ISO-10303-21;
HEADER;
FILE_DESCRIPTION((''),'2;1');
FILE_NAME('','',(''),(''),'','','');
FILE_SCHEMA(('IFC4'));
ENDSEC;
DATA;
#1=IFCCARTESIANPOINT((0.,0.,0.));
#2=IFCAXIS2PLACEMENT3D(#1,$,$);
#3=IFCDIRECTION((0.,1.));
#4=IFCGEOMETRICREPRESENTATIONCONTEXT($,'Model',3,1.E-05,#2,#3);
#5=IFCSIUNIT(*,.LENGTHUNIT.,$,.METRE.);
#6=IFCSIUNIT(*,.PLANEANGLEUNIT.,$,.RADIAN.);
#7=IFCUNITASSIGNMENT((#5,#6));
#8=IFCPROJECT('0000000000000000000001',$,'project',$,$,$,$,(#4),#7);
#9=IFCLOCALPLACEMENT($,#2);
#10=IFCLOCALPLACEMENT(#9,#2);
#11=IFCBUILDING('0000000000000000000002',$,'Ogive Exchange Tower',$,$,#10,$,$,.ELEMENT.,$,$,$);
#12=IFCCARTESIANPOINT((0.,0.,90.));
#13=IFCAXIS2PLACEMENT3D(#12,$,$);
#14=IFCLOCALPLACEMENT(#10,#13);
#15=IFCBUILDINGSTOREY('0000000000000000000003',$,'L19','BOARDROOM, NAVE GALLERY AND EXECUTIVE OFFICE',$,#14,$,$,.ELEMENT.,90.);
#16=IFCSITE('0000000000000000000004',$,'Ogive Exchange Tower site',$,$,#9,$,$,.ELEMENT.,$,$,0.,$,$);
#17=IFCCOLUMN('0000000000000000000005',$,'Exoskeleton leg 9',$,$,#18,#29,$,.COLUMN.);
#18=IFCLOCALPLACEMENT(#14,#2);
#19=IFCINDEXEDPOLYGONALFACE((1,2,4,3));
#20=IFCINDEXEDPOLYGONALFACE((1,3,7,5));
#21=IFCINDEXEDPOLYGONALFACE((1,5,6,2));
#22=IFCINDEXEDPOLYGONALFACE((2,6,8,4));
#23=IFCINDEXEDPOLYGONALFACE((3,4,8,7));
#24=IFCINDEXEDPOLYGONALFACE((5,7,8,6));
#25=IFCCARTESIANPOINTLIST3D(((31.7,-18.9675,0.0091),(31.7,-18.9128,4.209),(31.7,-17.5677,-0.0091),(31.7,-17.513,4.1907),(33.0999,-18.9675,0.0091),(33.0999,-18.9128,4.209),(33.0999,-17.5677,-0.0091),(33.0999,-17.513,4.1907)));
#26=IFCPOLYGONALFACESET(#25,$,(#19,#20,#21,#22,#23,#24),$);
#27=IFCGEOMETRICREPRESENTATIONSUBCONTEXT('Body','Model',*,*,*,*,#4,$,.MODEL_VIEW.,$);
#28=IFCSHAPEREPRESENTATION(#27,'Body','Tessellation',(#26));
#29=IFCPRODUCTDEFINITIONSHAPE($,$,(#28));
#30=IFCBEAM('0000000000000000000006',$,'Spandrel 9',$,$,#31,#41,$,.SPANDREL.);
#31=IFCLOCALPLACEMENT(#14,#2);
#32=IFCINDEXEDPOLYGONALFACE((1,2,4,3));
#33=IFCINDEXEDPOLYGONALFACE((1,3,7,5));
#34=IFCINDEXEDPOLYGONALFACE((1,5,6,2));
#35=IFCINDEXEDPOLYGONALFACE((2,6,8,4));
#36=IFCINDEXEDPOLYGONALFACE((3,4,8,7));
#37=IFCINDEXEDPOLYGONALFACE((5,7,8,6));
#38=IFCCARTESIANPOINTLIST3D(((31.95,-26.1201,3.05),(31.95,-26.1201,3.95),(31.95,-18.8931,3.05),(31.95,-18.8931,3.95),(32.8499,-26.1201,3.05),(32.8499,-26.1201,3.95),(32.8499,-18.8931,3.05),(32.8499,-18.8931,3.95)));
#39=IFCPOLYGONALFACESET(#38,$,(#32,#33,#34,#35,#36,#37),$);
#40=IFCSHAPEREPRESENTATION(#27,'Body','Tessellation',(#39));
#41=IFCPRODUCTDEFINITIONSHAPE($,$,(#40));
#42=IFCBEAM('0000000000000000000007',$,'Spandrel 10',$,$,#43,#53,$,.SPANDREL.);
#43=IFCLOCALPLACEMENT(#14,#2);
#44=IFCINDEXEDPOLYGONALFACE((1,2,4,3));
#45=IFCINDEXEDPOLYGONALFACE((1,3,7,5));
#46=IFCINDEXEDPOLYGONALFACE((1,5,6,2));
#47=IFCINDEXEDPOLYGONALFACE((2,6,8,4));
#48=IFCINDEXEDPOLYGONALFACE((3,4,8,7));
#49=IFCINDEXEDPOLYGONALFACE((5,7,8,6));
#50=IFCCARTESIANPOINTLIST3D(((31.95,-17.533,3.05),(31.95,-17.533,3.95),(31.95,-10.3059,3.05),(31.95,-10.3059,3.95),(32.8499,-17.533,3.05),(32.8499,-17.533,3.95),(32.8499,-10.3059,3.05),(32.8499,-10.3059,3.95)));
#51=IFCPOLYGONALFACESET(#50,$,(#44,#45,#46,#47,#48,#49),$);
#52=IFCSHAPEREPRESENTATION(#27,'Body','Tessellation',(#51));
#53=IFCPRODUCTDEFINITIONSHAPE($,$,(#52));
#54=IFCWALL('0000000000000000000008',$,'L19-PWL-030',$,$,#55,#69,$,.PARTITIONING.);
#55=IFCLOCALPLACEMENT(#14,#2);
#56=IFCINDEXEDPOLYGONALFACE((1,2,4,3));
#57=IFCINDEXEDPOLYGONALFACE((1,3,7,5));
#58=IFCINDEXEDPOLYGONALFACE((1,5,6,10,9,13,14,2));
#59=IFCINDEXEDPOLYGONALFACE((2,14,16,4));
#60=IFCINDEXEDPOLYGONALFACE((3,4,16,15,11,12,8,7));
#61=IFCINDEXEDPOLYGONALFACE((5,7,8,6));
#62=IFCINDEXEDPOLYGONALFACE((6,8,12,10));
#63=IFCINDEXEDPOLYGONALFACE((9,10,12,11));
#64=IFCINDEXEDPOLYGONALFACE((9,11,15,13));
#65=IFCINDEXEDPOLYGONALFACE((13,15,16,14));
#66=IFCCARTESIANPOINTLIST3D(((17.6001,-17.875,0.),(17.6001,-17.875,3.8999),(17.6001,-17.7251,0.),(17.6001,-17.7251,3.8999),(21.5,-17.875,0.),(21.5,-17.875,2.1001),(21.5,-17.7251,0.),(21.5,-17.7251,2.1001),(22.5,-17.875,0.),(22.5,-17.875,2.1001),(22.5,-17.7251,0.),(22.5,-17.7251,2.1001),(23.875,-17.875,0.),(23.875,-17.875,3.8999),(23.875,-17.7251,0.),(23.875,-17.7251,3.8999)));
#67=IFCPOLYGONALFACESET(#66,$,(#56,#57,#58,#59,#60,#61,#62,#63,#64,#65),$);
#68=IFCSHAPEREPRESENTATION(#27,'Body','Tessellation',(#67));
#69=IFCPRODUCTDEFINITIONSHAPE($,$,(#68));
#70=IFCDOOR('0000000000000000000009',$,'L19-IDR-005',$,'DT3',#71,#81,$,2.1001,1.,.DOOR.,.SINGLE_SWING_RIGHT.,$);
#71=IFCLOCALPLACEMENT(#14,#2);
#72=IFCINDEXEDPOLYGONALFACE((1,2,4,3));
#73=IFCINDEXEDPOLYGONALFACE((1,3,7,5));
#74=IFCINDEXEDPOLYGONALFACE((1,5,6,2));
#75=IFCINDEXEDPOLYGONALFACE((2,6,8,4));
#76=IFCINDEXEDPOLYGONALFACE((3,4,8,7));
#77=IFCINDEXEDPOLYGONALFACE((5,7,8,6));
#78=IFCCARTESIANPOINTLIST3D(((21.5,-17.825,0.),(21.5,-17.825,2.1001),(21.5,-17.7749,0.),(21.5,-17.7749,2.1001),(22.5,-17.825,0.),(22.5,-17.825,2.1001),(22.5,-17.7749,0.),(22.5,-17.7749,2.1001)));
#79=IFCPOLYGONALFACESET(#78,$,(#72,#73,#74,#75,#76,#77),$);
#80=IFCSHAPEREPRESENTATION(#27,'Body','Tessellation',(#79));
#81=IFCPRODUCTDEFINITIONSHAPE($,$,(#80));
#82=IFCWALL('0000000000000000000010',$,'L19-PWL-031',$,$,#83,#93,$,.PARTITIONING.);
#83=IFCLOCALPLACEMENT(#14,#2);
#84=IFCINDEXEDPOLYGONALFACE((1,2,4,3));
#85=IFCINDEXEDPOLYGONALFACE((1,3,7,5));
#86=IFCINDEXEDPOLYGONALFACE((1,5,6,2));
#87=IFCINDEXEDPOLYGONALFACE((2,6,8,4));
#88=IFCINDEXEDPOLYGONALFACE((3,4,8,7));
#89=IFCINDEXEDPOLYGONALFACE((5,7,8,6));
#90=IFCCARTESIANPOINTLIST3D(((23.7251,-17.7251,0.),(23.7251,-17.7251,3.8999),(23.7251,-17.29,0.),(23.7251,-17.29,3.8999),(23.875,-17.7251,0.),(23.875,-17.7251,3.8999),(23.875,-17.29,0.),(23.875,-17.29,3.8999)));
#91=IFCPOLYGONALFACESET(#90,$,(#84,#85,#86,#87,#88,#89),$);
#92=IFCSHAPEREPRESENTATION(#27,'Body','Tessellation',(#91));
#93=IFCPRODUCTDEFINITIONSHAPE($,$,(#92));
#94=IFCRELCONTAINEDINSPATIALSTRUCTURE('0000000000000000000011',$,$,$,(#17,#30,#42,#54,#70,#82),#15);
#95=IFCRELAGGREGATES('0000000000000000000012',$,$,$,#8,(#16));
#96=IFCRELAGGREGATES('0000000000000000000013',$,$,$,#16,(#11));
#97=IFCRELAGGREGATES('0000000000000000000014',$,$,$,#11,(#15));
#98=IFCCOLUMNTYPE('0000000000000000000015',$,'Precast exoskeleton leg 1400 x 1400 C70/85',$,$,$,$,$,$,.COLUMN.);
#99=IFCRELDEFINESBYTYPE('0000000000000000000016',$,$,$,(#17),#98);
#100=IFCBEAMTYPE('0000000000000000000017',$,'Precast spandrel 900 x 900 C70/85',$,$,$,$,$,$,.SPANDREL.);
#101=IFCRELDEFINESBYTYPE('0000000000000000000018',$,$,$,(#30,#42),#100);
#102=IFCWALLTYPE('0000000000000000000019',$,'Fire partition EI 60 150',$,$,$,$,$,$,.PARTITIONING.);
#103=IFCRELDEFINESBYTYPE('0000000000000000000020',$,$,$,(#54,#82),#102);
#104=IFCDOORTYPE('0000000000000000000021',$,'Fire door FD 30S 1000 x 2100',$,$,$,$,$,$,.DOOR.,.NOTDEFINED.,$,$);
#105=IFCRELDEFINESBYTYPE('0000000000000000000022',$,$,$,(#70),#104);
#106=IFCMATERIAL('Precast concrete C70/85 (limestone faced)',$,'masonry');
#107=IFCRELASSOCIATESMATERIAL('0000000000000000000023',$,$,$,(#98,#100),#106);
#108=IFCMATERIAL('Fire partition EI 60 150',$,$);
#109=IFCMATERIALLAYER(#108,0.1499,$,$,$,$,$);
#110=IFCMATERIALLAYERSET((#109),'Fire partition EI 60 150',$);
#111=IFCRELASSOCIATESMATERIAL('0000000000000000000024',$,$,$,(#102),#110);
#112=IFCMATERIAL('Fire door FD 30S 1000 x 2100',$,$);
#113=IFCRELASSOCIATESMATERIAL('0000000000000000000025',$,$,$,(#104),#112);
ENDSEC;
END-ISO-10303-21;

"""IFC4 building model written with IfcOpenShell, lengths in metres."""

from ifc_helpers import new_model, si_unit, direction, frame, frame_2d, origin, origin_2d, place, context, subcontext, project, spatial, rectangle, extrude, material, layer, layer_set, material_profile, profile_set, type_object, element, fill, save


model = new_model("IFC4")

# Units and contexts
model_context = context("Model", 3, precision=1e-05, world=origin(), true_north=direction((0.0, 1.0)))
body_context = subcontext(model_context, "Body", "Model", "MODEL_VIEW")
ifc_project = project(units=[si_unit("LENGTHUNIT", "METRE"), si_unit("PLANEANGLEUNIT", "RADIAN")], contexts=[model_context])

# Site, building, storey
site_placement = place(None, origin())
site = spatial("IfcSite", under=ifc_project, at=site_placement, Name="Ogive Exchange Tower site", CompositionType="ELEMENT", RefElevation=0.0)
building_placement = place(site_placement, origin())
building = spatial("IfcBuilding", under=site, at=building_placement, Name="Ogive Exchange Tower", CompositionType="ELEMENT")
storey_placement = place(building_placement, frame((0.0, 0.0, 90.0)))
storey = spatial("IfcBuildingStorey", under=building, at=storey_placement, Name="L19", Description="BOARDROOM, NAVE GALLERY AND EXECUTIVE OFFICE", CompositionType="ELEMENT", Elevation=90.0)

# Column
ifc_material_1 = material(Name="Precast concrete C70/85 (limestone faced)", Category="masonry")
ifc_material_profile_1 = material_profile(ifc_material_1, rectangle(XDim=1.3999, YDim=1.3999, at=origin_2d()), Name="1400 x 1400")
ifc_profile_set_1 = profile_set([ifc_material_profile_1], Name="Precast concrete C70/85 (limestone faced)")
column_type = type_object("IfcColumnType", Name="Precast exoskeleton leg 1400 x 1400 C70/85", PredefinedType="COLUMN", material=ifc_profile_set_1)
column_placement = place(storey_placement, frame((32.3999, -18.2676, 0.0), z_axis=(0.0, 0.01302, 0.999915), x_axis=(-1.0, 0.0, 0.0)))
element("IfcColumn", 1, at=column_placement, inside=storey, type_object=column_type, Name="Exoskeleton leg 9", PredefinedType="COLUMN", context=body_context, shape_type="SweptSolid", body=[
    extrude(rectangle(XDim=1.3999, YDim=1.3999, at=origin_2d()), origin(), (0.0, 0.0, 1.0), 4.2002),
])

# Beams
ifc_material_profile_2 = material_profile(ifc_material_1, rectangle(XDim=0.8999, YDim=0.8999, at=origin_2d()), Name="900 x 900")
ifc_profile_set_2 = profile_set([ifc_material_profile_2], Name="Precast concrete C70/85 (limestone faced)")
beam_type = type_object("IfcBeamType", Name="Precast spandrel 900 x 900 C70/85", PredefinedType="SPANDREL", material=ifc_profile_set_2)
for number, where, z_axis, x_axis, name in (
    (2, (32.3999, -26.1201, 3.5), (0.0, 1.0, 0.0), (-1.0, 0.0, 0.0), "Spandrel 9"),
    (3, (32.3999, -17.533, 3.5), (0.0, 1.0, 0.0), (-1.0, 0.0, 0.0), "Spandrel 10"),
):
    element("IfcBeam", number, at=place(storey_placement, frame(where, z_axis=z_axis, x_axis=x_axis)), inside=storey, type_object=beam_type, Name=name, PredefinedType="SPANDREL", context=body_context, shape_type="SweptSolid", body=[
        extrude(rectangle(XDim=0.8999, YDim=0.8999, at=origin_2d()), origin(), (0.0, 0.0, 1.0), 7.2271),
    ])

# Wall, opening, door
ifc_material_2 = material(Name="Fire partition EI 60 150")
ifc_layer_1 = layer(ifc_material_2, 0.1499)
ifc_layer_set_1 = layer_set([ifc_layer_1], Name="Fire partition EI 60 150")
wall_type_1 = type_object("IfcWallType", Name="Fire partition EI 60 150", PredefinedType="PARTITIONING", material=ifc_layer_set_1)
wall_1_placement = place(storey_placement, frame((23.875, -17.8, 0.0), z_axis=(0.0, 0.0, 1.0), x_axis=(-1.0, 0.0, 0.0)))
wall_1 = element("IfcWall", 4, at=wall_1_placement, inside=storey, type_object=wall_type_1, Name="L19-PWL-030", PredefinedType="PARTITIONING", context=body_context, shape_type="SweptSolid", body=[
    extrude(rectangle(XDim=6.2749, YDim=0.1499, at=frame_2d((3.1375, 0.0))), origin(), (0.0, 0.0, 1.0), 3.8999),
])
opening_1_placement = place(wall_1_placement, frame((1.375, 0.0, 0.0)))
opening_1 = element("IfcOpeningElement", 5, at=opening_1_placement, cuts=wall_1, PredefinedType="OPENING", context=body_context, shape_type="SweptSolid", body=[
    extrude(rectangle(XDim=1.0, YDim=2.1001, at=frame_2d((0.5, 1.05))), frame((0.0, 0.085, 0.0), z_axis=(0.0, -1.0, 0.0), x_axis=(1.0, 0.0, 0.0)), (0.0, 0.0, 1.0), 0.1699),
])
ifc_material_3 = material(Name="Fire door FD 30S 1000 x 2100")
door_type_1 = type_object("IfcDoorType", Name="Fire door FD 30S 1000 x 2100", OperationType="NOTDEFINED", PredefinedType="DOOR", material=ifc_material_3)
door_1_placement = place(opening_1_placement, origin())
door_1 = element("IfcDoor", 6, at=door_1_placement, inside=storey, type_object=door_type_1, Name="L19-IDR-005", ObjectType="DT3", OperationType="SINGLE_SWING_RIGHT", OverallHeight=2.1001, OverallWidth=1.0, PredefinedType="DOOR", context=body_context, shape_type="SweptSolid", body=[
    extrude(rectangle(XDim=1.0, YDim=2.1001, at=frame_2d((0.5, 1.05))), frame((0.0, 0.0249, 0.0), z_axis=(0.0, -1.0, 0.0), x_axis=(1.0, 0.0, 0.0)), (0.0, 0.0, 1.0), 0.05),
])
fill(opening_1, door_1)

# Wall
wall_2_placement = place(storey_placement, frame((23.8, -17.29, 0.0), z_axis=(0.0, 0.0, 1.0), x_axis=(0.0, -1.0, 0.0)))
element("IfcWall", 7, at=wall_2_placement, inside=storey, type_object=wall_type_1, Name="L19-PWL-031", PredefinedType="PARTITIONING", context=body_context, shape_type="SweptSolid", body=[
    extrude(rectangle(XDim=0.4351, YDim=0.1499, at=frame_2d((0.2175, 0.0))), origin(), (0.0, 0.0, 1.0), 3.8999),
])

save(model, "model.ifc")
